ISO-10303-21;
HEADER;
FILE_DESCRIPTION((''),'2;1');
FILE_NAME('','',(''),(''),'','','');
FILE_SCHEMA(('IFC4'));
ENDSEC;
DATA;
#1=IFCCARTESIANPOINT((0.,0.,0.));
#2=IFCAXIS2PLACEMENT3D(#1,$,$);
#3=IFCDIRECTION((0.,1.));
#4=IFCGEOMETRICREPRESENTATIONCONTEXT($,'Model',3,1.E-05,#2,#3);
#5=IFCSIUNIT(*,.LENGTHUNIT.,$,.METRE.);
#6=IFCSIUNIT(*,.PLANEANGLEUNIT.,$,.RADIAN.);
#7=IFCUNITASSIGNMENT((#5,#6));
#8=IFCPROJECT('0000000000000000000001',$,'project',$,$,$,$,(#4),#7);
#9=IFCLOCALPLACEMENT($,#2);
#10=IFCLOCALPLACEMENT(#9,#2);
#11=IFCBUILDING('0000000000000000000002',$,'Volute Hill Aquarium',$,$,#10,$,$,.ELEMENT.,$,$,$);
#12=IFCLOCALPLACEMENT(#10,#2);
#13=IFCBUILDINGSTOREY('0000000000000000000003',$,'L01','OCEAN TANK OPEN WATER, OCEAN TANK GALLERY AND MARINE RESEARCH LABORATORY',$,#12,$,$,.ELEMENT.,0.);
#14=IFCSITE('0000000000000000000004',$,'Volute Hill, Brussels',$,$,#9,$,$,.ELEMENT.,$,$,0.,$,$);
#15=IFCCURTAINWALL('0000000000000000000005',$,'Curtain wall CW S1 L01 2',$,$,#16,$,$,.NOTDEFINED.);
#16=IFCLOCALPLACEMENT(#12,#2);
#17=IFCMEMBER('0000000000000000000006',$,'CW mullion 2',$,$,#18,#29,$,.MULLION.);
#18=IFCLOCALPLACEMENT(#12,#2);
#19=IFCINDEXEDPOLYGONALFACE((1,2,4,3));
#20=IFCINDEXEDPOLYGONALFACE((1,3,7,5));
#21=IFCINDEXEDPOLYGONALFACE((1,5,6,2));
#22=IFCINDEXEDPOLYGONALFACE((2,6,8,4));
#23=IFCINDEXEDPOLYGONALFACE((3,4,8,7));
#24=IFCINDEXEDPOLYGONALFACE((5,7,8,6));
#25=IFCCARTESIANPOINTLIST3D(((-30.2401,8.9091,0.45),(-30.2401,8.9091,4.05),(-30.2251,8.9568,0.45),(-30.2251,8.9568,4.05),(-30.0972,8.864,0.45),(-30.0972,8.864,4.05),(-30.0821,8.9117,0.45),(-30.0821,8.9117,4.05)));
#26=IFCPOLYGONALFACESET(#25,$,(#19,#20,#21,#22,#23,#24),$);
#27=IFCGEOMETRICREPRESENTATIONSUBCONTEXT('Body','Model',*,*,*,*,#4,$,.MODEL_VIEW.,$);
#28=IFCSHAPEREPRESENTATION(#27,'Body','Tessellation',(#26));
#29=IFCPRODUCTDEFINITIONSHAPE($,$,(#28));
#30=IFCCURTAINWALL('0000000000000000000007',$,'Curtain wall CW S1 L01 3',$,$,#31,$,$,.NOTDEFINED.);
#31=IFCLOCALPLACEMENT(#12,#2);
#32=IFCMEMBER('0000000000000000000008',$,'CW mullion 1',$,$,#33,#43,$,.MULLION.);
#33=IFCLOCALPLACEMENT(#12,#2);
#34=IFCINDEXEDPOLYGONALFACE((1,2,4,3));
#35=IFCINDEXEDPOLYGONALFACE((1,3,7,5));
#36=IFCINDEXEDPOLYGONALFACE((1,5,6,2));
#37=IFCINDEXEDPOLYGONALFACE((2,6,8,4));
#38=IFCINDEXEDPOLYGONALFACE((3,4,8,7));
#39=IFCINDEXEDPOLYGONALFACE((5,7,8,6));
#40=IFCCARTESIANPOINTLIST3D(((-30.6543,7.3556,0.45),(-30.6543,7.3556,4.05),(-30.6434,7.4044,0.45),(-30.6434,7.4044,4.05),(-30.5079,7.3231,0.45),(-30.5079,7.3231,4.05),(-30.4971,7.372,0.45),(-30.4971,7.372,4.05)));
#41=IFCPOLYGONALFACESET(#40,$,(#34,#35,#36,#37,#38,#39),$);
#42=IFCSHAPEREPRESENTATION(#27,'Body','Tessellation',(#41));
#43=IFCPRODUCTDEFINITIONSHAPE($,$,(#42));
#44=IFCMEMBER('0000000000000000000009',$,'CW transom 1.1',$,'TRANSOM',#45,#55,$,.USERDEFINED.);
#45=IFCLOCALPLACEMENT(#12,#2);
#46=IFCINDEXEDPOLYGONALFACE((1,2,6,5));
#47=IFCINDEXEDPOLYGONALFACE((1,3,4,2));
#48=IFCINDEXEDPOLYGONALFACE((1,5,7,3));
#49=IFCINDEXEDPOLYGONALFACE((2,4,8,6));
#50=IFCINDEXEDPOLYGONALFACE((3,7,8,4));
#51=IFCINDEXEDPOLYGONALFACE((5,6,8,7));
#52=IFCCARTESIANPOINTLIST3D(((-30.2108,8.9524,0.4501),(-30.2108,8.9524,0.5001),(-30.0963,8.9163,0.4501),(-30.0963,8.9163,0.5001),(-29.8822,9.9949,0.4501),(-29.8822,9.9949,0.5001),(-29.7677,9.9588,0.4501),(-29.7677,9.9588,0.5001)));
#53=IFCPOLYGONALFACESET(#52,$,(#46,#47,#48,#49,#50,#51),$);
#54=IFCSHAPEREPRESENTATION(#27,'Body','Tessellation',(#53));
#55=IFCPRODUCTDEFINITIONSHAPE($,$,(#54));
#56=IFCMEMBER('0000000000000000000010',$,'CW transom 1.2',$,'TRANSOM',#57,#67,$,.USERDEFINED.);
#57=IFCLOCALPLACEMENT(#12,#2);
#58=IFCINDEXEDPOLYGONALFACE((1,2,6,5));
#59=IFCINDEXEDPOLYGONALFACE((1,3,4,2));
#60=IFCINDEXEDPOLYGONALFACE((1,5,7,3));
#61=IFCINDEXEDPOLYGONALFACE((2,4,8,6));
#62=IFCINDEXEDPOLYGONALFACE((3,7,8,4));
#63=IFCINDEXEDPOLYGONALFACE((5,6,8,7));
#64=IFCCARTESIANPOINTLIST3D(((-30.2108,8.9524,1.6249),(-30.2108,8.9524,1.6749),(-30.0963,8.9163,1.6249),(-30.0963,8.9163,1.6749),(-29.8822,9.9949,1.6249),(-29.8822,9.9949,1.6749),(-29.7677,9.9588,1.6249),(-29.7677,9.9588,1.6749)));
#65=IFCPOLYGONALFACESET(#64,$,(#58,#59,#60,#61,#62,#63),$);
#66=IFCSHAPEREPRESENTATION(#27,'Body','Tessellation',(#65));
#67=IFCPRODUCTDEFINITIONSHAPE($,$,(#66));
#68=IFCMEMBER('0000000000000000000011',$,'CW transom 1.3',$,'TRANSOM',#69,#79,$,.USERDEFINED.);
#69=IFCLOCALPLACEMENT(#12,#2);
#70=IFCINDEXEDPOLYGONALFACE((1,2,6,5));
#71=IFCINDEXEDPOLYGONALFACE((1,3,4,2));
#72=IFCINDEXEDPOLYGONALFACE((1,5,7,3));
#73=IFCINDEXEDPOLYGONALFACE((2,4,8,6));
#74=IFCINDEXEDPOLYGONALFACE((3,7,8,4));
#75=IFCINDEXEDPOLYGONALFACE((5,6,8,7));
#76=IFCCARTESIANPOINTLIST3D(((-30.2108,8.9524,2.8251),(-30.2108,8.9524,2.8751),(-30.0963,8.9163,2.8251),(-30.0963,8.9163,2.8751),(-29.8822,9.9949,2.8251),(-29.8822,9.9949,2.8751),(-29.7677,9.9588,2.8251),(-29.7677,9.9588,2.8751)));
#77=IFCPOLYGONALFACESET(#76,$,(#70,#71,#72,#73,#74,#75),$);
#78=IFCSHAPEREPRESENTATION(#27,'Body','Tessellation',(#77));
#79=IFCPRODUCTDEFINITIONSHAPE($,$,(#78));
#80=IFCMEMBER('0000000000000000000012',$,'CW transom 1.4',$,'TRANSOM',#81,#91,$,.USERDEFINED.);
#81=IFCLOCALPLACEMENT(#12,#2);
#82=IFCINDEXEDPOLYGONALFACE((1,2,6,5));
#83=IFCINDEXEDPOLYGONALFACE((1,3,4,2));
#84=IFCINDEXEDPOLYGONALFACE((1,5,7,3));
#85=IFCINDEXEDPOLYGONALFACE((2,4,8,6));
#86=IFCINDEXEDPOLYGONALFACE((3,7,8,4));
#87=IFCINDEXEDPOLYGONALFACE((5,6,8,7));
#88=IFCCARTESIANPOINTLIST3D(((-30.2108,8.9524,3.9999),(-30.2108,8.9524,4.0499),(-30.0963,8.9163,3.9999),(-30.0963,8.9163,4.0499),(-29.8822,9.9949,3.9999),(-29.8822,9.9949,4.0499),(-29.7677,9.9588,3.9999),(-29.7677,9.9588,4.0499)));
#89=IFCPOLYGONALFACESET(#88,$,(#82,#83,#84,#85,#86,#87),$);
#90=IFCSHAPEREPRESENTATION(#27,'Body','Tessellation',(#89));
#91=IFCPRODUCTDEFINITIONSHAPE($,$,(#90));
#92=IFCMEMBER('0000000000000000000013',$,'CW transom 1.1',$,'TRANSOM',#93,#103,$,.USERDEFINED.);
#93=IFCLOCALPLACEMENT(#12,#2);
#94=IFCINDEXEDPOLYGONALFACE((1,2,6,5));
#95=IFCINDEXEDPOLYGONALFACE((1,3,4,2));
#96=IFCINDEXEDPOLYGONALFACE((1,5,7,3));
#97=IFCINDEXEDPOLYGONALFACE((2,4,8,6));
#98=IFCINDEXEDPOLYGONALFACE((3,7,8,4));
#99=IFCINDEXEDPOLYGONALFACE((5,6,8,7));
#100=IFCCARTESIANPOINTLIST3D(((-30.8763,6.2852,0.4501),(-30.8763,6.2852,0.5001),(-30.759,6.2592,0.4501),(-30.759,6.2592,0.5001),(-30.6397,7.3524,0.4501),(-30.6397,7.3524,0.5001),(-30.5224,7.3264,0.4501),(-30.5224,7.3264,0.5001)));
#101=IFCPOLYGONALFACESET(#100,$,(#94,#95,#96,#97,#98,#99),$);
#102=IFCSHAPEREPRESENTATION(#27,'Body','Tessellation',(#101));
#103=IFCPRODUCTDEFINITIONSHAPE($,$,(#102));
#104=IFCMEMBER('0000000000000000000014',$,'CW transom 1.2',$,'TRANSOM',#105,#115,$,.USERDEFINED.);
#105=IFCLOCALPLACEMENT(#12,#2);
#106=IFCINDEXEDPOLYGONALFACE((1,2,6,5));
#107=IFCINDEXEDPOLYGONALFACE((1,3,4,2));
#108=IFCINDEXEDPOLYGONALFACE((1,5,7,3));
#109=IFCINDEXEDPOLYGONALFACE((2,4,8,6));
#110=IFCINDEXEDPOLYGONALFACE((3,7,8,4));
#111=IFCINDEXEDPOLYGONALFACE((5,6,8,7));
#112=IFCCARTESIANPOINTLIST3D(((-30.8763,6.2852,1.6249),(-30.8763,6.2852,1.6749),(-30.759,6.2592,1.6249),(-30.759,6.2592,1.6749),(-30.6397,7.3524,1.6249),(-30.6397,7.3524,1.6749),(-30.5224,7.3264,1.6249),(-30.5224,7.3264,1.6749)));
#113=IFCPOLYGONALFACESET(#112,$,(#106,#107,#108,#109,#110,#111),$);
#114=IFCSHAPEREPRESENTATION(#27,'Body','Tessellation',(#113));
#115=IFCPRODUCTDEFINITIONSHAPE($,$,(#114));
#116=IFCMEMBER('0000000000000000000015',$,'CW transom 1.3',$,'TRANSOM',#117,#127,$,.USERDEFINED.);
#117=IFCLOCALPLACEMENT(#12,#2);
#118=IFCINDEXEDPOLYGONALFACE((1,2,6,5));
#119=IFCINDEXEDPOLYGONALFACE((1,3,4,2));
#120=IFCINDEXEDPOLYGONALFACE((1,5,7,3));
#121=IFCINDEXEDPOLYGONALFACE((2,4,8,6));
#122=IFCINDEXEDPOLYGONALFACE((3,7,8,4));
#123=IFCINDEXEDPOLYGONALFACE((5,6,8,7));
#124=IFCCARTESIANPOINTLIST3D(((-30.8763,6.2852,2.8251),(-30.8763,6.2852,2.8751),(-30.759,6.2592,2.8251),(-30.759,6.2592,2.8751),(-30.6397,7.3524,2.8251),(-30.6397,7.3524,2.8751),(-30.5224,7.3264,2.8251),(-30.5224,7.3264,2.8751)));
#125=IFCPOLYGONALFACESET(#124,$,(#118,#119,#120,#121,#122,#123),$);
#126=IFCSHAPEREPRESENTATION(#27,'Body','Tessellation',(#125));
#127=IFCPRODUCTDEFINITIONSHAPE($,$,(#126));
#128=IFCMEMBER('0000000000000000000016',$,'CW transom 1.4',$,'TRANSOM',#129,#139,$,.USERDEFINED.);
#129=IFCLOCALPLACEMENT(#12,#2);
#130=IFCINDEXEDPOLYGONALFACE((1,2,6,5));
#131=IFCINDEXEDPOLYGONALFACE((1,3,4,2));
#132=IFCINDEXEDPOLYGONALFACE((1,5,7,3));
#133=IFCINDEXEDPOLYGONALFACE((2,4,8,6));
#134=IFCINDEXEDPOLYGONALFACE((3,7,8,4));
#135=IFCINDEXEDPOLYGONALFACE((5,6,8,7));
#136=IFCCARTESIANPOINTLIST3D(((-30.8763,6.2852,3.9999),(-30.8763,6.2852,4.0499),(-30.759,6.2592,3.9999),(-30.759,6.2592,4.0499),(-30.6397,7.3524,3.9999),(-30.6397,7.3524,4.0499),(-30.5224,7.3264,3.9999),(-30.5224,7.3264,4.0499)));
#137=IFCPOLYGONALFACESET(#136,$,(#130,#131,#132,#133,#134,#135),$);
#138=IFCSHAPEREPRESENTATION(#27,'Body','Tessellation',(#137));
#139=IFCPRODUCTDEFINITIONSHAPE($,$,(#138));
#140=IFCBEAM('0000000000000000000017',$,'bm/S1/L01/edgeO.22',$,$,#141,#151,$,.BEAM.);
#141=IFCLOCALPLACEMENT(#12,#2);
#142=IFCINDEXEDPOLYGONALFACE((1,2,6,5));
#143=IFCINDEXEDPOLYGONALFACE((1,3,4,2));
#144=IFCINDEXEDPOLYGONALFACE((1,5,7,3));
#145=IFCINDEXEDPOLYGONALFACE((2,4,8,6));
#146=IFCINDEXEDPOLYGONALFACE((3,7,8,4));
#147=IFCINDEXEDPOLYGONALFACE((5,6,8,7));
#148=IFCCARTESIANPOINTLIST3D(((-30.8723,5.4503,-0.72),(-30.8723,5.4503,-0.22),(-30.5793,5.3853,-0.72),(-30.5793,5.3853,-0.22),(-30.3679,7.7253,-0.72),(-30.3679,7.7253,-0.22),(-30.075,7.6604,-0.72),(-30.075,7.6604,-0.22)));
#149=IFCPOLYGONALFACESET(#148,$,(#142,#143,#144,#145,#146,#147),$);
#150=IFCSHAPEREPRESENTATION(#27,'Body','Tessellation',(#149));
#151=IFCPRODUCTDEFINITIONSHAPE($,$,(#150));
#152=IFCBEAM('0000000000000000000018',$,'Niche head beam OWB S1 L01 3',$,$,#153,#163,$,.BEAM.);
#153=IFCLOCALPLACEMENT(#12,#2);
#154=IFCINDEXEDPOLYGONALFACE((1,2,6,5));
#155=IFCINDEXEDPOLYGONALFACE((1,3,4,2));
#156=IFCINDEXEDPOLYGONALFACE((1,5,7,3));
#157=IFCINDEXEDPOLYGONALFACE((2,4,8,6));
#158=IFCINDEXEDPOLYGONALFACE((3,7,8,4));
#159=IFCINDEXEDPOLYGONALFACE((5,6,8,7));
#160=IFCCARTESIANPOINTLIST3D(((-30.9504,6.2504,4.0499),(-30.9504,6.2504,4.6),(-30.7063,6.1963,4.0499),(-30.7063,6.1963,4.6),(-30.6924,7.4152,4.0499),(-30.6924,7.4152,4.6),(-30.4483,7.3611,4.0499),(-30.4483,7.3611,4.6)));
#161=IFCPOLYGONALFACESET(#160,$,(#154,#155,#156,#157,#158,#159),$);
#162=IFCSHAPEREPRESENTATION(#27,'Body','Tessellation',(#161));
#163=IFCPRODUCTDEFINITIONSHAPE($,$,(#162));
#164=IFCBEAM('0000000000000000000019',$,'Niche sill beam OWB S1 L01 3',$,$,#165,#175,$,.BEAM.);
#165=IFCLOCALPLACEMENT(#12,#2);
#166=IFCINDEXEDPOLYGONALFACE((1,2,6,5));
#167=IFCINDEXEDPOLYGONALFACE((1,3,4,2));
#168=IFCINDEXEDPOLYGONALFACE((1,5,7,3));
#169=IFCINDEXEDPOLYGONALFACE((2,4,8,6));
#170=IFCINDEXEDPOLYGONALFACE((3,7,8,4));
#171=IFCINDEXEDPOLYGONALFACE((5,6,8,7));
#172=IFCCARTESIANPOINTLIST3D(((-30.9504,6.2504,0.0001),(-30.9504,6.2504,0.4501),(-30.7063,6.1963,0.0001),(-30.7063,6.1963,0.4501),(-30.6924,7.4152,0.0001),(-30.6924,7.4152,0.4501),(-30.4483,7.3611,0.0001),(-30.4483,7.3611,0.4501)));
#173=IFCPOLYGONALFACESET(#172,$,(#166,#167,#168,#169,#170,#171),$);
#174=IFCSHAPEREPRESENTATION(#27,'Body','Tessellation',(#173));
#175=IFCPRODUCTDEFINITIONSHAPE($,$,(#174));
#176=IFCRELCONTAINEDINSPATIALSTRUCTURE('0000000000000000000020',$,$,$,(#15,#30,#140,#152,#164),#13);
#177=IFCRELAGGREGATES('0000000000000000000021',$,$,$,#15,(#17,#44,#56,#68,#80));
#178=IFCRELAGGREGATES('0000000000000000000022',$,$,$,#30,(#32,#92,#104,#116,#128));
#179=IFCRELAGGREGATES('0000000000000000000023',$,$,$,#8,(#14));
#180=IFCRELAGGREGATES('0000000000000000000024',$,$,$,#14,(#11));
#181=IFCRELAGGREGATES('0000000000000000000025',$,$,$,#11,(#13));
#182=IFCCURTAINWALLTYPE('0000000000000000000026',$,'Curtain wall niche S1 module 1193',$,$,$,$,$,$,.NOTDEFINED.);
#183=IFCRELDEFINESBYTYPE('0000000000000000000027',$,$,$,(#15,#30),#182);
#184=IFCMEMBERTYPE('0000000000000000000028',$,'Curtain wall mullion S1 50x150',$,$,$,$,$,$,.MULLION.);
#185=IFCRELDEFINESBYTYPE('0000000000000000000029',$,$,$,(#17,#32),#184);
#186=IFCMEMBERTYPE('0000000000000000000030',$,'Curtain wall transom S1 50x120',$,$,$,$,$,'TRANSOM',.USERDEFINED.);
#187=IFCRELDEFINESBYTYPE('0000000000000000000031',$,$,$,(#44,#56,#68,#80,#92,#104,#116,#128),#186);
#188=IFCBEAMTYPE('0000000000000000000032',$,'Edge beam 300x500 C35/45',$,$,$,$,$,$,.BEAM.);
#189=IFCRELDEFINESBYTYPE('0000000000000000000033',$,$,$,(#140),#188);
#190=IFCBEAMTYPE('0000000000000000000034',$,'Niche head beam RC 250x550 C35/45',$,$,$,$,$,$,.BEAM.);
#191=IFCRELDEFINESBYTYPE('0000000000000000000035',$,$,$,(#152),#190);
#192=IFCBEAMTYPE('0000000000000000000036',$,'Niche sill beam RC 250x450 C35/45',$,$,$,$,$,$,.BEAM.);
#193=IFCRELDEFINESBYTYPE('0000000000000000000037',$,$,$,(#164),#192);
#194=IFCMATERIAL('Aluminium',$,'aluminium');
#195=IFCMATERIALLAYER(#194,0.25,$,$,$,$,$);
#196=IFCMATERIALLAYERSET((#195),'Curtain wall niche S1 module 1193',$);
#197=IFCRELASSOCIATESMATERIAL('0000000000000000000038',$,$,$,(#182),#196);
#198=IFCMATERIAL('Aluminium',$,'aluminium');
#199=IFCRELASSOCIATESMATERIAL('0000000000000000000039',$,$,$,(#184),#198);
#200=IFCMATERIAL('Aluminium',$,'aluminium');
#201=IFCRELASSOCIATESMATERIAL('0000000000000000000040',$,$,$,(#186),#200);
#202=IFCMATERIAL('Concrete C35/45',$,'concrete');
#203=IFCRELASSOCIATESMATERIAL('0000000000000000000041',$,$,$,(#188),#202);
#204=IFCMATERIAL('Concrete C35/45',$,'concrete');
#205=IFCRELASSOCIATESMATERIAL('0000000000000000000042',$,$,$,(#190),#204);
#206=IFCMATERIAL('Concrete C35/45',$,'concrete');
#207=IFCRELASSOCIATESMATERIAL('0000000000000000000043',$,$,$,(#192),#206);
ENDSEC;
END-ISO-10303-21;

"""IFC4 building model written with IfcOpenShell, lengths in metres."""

from ifc_helpers import new_model, si_unit, direction, frame, origin, origin_2d, place, context, subcontext, project, spatial, rectangle, extrude, material, layer, layer_set, material_profile, profile_set, type_object, element, aggregate, save


model = new_model("IFC4")

# Units and contexts
model_context = context("Model", 3, precision=1e-05, world=origin(), true_north=direction((0.0, 1.0)))
body_context = subcontext(model_context, "Body", "Model", "MODEL_VIEW")
ifc_project = project(units=[si_unit("LENGTHUNIT", "METRE"), si_unit("PLANEANGLEUNIT", "RADIAN")], contexts=[model_context])

# Site, building, storey
site_placement = place(None, origin())
site = spatial("IfcSite", under=ifc_project, at=site_placement, Name="Volute Hill, Brussels", CompositionType="ELEMENT", RefElevation=0.0)
building_placement = place(site_placement, origin())
building = spatial("IfcBuilding", under=site, at=building_placement, Name="Volute Hill Aquarium", CompositionType="ELEMENT")
storey_placement = place(building_placement, origin())
storey = spatial("IfcBuildingStorey", under=building, at=storey_placement, Name="L01", Description="OCEAN TANK OPEN WATER, OCEAN TANK GALLERY AND MARINE RESEARCH LABORATORY", CompositionType="ELEMENT", Elevation=0.0)

# Curtain walls, members
ifc_material_1 = material(Name="Aluminium", Category="aluminium")
ifc_layer_1 = layer(ifc_material_1, 0.25)
ifc_layer_set_1 = layer_set([ifc_layer_1], Name="Curtain wall niche S1 module 1193")
curtain_wall_type = type_object("IfcCurtainWallType", Name="Curtain wall niche S1 module 1193", PredefinedType="NOTDEFINED", material=ifc_layer_set_1)
curtain_wall_1_placement = place(storey_placement, origin())
curtain_wall_1 = element("IfcCurtainWall", 1, at=curtain_wall_1_placement, inside=storey, type_object=curtain_wall_type, Name="Curtain wall CW S1 L01 2", PredefinedType="NOTDEFINED")
ifc_material_2 = material(Name="Aluminium", Category="aluminium")
ifc_material_profile_1 = material_profile(ifc_material_2, rectangle(XDim=0.1499, YDim=0.05, at=origin_2d()), Name="Curtain wall mullion S1 50x150")
ifc_profile_set_1 = profile_set([ifc_material_profile_1], Name="Aluminium")
member_type_1 = type_object("IfcMemberType", Name="Curtain wall mullion S1 50x150", PredefinedType="MULLION", material=ifc_profile_set_1)
member_1_placement = place(storey_placement, frame((-30.1611, 8.9104, 0.45), z_axis=(0.0, 0.0, 1.0), x_axis=(0.953718, -0.300702, 0.0)))
member_1 = element("IfcMember", 2, at=member_1_placement, type_object=member_type_1, Name="CW mullion 2", PredefinedType="MULLION", context=body_context, shape_type="SweptSolid", body=[
    extrude(rectangle(XDim=0.1499, YDim=0.05, at=origin_2d()), origin(), (0.0, 0.0, 1.0), 3.6001),
])
curtain_wall_2_placement = place(storey_placement, origin())
curtain_wall_2 = element("IfcCurtainWall", 3, at=curtain_wall_2_placement, inside=storey, type_object=curtain_wall_type, Name="Curtain wall CW S1 L01 3", PredefinedType="NOTDEFINED")
member_2_placement = place(storey_placement, frame((-30.5757, 7.3638, 0.45), z_axis=(0.0, 0.0, 1.0), x_axis=(0.976292, -0.216458, 0.0)))
member_2 = element("IfcMember", 4, at=member_2_placement, type_object=member_type_1, Name="CW mullion 1", PredefinedType="MULLION", context=body_context, shape_type="SweptSolid", body=[
    extrude(rectangle(XDim=0.1499, YDim=0.05, at=origin_2d()), origin(), (0.0, 0.0, 1.0), 3.6001),
])

# Members
ifc_material_3 = material(Name="Aluminium", Category="aluminium")
ifc_material_profile_2 = material_profile(ifc_material_3, rectangle(XDim=0.1201, YDim=0.05, at=origin_2d()), Name="Curtain wall transom S1 50x120")
ifc_profile_set_2 = profile_set([ifc_material_profile_2], Name="Aluminium")
member_type_2 = type_object("IfcMemberType", Name="Curtain wall transom S1 50x120", ElementType="TRANSOM", PredefinedType="USERDEFINED", material=ifc_profile_set_2)
member_3_placement = place(storey_placement, frame((-29.825, 9.9768, 0.4751), z_axis=(-0.30064, -0.953738, 0.0), x_axis=(0.953738, -0.30064, 0.0)))
member_3 = element("IfcMember", 5, at=member_3_placement, type_object=member_type_2, Name="CW transom 1.1", ObjectType="TRANSOM", PredefinedType="USERDEFINED", context=body_context, shape_type="SweptSolid", body=[
    extrude(rectangle(XDim=0.1201, YDim=0.05, at=origin_2d()), origin(), (0.0, 0.0, 1.0), 1.093),
])
member_4_placement = place(storey_placement, frame((-29.825, 9.9768, 1.6499), z_axis=(-0.30064, -0.953738, 0.0), x_axis=(0.953738, -0.30064, 0.0)))
member_4 = element("IfcMember", 6, at=member_4_placement, type_object=member_type_2, Name="CW transom 1.2", ObjectType="TRANSOM", PredefinedType="USERDEFINED", context=body_context, shape_type="SweptSolid", body=[
    extrude(rectangle(XDim=0.1201, YDim=0.05, at=origin_2d()), origin(), (0.0, 0.0, 1.0), 1.093),
])
member_5_placement = place(storey_placement, frame((-29.825, 9.9768, 2.8501), z_axis=(-0.30064, -0.953738, 0.0), x_axis=(0.953738, -0.30064, 0.0)))
member_5 = element("IfcMember", 7, at=member_5_placement, type_object=member_type_2, Name="CW transom 1.3", ObjectType="TRANSOM", PredefinedType="USERDEFINED", context=body_context, shape_type="SweptSolid", body=[
    extrude(rectangle(XDim=0.1201, YDim=0.05, at=origin_2d()), origin(), (0.0, 0.0, 1.0), 1.093),
])
member_6_placement = place(storey_placement, frame((-29.825, 9.9768, 4.0249), z_axis=(-0.30064, -0.953738, 0.0), x_axis=(0.953738, -0.30064, 0.0)))
member_6 = element("IfcMember", 8, at=member_6_placement, type_object=member_type_2, Name="CW transom 1.4", ObjectType="TRANSOM", PredefinedType="USERDEFINED", context=body_context, shape_type="SweptSolid", body=[
    extrude(rectangle(XDim=0.1201, YDim=0.05, at=origin_2d()), origin(), (0.0, 0.0, 1.0), 1.093),
])
member_7_placement = place(storey_placement, frame((-30.5811, 7.3394, 0.4751), z_axis=(-0.216434, -0.976297, 0.0), x_axis=(0.976297, -0.216434, 0.0)))
member_7 = element("IfcMember", 9, at=member_7_placement, type_object=member_type_2, Name="CW transom 1.1", ObjectType="TRANSOM", PredefinedType="USERDEFINED", context=body_context, shape_type="SweptSolid", body=[
    extrude(rectangle(XDim=0.1201, YDim=0.05, at=origin_2d()), origin(), (0.0, 0.0, 1.0), 1.093),
])
member_8_placement = place(storey_placement, frame((-30.5811, 7.3394, 1.6499), z_axis=(-0.216434, -0.976297, 0.0), x_axis=(0.976297, -0.216434, 0.0)))
member_8 = element("IfcMember", 10, at=member_8_placement, type_object=member_type_2, Name="CW transom 1.2", ObjectType="TRANSOM", PredefinedType="USERDEFINED", context=body_context, shape_type="SweptSolid", body=[
    extrude(rectangle(XDim=0.1201, YDim=0.05, at=origin_2d()), origin(), (0.0, 0.0, 1.0), 1.093),
])
member_9_placement = place(storey_placement, frame((-30.5811, 7.3394, 2.8501), z_axis=(-0.216434, -0.976297, 0.0), x_axis=(0.976297, -0.216434, 0.0)))
member_9 = element("IfcMember", 11, at=member_9_placement, type_object=member_type_2, Name="CW transom 1.3", ObjectType="TRANSOM", PredefinedType="USERDEFINED", context=body_context, shape_type="SweptSolid", body=[
    extrude(rectangle(XDim=0.1201, YDim=0.05, at=origin_2d()), origin(), (0.0, 0.0, 1.0), 1.093),
])
member_10_placement = place(storey_placement, frame((-30.5811, 7.3394, 4.0249), z_axis=(-0.216434, -0.976297, 0.0), x_axis=(0.976297, -0.216434, 0.0)))
member_10 = element("IfcMember", 12, at=member_10_placement, type_object=member_type_2, Name="CW transom 1.4", ObjectType="TRANSOM", PredefinedType="USERDEFINED", context=body_context, shape_type="SweptSolid", body=[
    extrude(rectangle(XDim=0.1201, YDim=0.05, at=origin_2d()), origin(), (0.0, 0.0, 1.0), 1.093),
])

# Beams
ifc_material_4 = material(Name="Concrete C35/45", Category="concrete")
ifc_material_profile_3 = material_profile(ifc_material_4, rectangle(XDim=0.3, YDim=0.5, at=origin_2d()), Name="RC edge beam 300x500")
ifc_profile_set_3 = profile_set([ifc_material_profile_3], Name="Concrete C35/45")
beam_type_1 = type_object("IfcBeamType", Name="Edge beam 300x500 C35/45", PredefinedType="BEAM", material=ifc_profile_set_3)
beam_1_placement = place(storey_placement, frame((-30.2214, 7.6929, -0.47), z_axis=(-0.216442, -0.976295, 0.0), x_axis=(0.976295, -0.216442, 0.0)))
element("IfcBeam", 13, at=beam_1_placement, inside=storey, type_object=beam_type_1, Name="bm/S1/L01/edgeO.22", PredefinedType="BEAM", context=body_context, shape_type="SweptSolid", body=[
    extrude(rectangle(XDim=0.3, YDim=0.5, at=origin_2d()), origin(), (0.0, 0.0, 1.0), 2.3303),
])
ifc_material_5 = material(Name="Concrete C35/45", Category="concrete")
ifc_material_profile_4 = material_profile(ifc_material_5, rectangle(XDim=0.25, YDim=0.55, at=origin_2d()), Name="RC beam 250x550")
ifc_profile_set_4 = profile_set([ifc_material_profile_4], Name="Concrete C35/45")
beam_type_2 = type_object("IfcBeamType", Name="Niche head beam RC 250x550 C35/45", PredefinedType="BEAM", material=ifc_profile_set_4)
beam_2_placement = place(storey_placement, frame((-30.5703, 7.3882, 4.325), z_axis=(-0.216302, -0.976326, 0.0), x_axis=(0.976326, -0.216302, 0.0)))
element("IfcBeam", 14, at=beam_2_placement, inside=storey, type_object=beam_type_2, Name="Niche head beam OWB S1 L01 3", PredefinedType="BEAM", context=body_context, shape_type="SweptSolid", body=[
    extrude(rectangle(XDim=0.25, YDim=0.55, at=origin_2d()), origin(), (0.0, 0.0, 1.0), 1.1931),
])
ifc_material_6 = material(Name="Concrete C35/45", Category="concrete")
ifc_material_profile_5 = material_profile(ifc_material_6, rectangle(XDim=0.25, YDim=0.45, at=origin_2d()), Name="RC beam 250x450")
ifc_profile_set_5 = profile_set([ifc_material_profile_5], Name="Concrete C35/45")
beam_type_3 = type_object("IfcBeamType", Name="Niche sill beam RC 250x450 C35/45", PredefinedType="BEAM", material=ifc_profile_set_5)
beam_3_placement = place(storey_placement, frame((-30.5703, 7.3882, 0.2251), z_axis=(-0.216302, -0.976326, 0.0), x_axis=(0.976326, -0.216302, 0.0)))
element("IfcBeam", 15, at=beam_3_placement, inside=storey, type_object=beam_type_3, Name="Niche sill beam OWB S1 L01 3", PredefinedType="BEAM", context=body_context, shape_type="SweptSolid", body=[
    extrude(rectangle(XDim=0.25, YDim=0.45, at=origin_2d()), origin(), (0.0, 0.0, 1.0), 1.1931),
])

aggregate(curtain_wall_1, [member_1, member_3, member_4, member_5, member_6])
aggregate(curtain_wall_2, [member_2, member_7, member_8, member_9, member_10])

save(model, "model.ifc")
